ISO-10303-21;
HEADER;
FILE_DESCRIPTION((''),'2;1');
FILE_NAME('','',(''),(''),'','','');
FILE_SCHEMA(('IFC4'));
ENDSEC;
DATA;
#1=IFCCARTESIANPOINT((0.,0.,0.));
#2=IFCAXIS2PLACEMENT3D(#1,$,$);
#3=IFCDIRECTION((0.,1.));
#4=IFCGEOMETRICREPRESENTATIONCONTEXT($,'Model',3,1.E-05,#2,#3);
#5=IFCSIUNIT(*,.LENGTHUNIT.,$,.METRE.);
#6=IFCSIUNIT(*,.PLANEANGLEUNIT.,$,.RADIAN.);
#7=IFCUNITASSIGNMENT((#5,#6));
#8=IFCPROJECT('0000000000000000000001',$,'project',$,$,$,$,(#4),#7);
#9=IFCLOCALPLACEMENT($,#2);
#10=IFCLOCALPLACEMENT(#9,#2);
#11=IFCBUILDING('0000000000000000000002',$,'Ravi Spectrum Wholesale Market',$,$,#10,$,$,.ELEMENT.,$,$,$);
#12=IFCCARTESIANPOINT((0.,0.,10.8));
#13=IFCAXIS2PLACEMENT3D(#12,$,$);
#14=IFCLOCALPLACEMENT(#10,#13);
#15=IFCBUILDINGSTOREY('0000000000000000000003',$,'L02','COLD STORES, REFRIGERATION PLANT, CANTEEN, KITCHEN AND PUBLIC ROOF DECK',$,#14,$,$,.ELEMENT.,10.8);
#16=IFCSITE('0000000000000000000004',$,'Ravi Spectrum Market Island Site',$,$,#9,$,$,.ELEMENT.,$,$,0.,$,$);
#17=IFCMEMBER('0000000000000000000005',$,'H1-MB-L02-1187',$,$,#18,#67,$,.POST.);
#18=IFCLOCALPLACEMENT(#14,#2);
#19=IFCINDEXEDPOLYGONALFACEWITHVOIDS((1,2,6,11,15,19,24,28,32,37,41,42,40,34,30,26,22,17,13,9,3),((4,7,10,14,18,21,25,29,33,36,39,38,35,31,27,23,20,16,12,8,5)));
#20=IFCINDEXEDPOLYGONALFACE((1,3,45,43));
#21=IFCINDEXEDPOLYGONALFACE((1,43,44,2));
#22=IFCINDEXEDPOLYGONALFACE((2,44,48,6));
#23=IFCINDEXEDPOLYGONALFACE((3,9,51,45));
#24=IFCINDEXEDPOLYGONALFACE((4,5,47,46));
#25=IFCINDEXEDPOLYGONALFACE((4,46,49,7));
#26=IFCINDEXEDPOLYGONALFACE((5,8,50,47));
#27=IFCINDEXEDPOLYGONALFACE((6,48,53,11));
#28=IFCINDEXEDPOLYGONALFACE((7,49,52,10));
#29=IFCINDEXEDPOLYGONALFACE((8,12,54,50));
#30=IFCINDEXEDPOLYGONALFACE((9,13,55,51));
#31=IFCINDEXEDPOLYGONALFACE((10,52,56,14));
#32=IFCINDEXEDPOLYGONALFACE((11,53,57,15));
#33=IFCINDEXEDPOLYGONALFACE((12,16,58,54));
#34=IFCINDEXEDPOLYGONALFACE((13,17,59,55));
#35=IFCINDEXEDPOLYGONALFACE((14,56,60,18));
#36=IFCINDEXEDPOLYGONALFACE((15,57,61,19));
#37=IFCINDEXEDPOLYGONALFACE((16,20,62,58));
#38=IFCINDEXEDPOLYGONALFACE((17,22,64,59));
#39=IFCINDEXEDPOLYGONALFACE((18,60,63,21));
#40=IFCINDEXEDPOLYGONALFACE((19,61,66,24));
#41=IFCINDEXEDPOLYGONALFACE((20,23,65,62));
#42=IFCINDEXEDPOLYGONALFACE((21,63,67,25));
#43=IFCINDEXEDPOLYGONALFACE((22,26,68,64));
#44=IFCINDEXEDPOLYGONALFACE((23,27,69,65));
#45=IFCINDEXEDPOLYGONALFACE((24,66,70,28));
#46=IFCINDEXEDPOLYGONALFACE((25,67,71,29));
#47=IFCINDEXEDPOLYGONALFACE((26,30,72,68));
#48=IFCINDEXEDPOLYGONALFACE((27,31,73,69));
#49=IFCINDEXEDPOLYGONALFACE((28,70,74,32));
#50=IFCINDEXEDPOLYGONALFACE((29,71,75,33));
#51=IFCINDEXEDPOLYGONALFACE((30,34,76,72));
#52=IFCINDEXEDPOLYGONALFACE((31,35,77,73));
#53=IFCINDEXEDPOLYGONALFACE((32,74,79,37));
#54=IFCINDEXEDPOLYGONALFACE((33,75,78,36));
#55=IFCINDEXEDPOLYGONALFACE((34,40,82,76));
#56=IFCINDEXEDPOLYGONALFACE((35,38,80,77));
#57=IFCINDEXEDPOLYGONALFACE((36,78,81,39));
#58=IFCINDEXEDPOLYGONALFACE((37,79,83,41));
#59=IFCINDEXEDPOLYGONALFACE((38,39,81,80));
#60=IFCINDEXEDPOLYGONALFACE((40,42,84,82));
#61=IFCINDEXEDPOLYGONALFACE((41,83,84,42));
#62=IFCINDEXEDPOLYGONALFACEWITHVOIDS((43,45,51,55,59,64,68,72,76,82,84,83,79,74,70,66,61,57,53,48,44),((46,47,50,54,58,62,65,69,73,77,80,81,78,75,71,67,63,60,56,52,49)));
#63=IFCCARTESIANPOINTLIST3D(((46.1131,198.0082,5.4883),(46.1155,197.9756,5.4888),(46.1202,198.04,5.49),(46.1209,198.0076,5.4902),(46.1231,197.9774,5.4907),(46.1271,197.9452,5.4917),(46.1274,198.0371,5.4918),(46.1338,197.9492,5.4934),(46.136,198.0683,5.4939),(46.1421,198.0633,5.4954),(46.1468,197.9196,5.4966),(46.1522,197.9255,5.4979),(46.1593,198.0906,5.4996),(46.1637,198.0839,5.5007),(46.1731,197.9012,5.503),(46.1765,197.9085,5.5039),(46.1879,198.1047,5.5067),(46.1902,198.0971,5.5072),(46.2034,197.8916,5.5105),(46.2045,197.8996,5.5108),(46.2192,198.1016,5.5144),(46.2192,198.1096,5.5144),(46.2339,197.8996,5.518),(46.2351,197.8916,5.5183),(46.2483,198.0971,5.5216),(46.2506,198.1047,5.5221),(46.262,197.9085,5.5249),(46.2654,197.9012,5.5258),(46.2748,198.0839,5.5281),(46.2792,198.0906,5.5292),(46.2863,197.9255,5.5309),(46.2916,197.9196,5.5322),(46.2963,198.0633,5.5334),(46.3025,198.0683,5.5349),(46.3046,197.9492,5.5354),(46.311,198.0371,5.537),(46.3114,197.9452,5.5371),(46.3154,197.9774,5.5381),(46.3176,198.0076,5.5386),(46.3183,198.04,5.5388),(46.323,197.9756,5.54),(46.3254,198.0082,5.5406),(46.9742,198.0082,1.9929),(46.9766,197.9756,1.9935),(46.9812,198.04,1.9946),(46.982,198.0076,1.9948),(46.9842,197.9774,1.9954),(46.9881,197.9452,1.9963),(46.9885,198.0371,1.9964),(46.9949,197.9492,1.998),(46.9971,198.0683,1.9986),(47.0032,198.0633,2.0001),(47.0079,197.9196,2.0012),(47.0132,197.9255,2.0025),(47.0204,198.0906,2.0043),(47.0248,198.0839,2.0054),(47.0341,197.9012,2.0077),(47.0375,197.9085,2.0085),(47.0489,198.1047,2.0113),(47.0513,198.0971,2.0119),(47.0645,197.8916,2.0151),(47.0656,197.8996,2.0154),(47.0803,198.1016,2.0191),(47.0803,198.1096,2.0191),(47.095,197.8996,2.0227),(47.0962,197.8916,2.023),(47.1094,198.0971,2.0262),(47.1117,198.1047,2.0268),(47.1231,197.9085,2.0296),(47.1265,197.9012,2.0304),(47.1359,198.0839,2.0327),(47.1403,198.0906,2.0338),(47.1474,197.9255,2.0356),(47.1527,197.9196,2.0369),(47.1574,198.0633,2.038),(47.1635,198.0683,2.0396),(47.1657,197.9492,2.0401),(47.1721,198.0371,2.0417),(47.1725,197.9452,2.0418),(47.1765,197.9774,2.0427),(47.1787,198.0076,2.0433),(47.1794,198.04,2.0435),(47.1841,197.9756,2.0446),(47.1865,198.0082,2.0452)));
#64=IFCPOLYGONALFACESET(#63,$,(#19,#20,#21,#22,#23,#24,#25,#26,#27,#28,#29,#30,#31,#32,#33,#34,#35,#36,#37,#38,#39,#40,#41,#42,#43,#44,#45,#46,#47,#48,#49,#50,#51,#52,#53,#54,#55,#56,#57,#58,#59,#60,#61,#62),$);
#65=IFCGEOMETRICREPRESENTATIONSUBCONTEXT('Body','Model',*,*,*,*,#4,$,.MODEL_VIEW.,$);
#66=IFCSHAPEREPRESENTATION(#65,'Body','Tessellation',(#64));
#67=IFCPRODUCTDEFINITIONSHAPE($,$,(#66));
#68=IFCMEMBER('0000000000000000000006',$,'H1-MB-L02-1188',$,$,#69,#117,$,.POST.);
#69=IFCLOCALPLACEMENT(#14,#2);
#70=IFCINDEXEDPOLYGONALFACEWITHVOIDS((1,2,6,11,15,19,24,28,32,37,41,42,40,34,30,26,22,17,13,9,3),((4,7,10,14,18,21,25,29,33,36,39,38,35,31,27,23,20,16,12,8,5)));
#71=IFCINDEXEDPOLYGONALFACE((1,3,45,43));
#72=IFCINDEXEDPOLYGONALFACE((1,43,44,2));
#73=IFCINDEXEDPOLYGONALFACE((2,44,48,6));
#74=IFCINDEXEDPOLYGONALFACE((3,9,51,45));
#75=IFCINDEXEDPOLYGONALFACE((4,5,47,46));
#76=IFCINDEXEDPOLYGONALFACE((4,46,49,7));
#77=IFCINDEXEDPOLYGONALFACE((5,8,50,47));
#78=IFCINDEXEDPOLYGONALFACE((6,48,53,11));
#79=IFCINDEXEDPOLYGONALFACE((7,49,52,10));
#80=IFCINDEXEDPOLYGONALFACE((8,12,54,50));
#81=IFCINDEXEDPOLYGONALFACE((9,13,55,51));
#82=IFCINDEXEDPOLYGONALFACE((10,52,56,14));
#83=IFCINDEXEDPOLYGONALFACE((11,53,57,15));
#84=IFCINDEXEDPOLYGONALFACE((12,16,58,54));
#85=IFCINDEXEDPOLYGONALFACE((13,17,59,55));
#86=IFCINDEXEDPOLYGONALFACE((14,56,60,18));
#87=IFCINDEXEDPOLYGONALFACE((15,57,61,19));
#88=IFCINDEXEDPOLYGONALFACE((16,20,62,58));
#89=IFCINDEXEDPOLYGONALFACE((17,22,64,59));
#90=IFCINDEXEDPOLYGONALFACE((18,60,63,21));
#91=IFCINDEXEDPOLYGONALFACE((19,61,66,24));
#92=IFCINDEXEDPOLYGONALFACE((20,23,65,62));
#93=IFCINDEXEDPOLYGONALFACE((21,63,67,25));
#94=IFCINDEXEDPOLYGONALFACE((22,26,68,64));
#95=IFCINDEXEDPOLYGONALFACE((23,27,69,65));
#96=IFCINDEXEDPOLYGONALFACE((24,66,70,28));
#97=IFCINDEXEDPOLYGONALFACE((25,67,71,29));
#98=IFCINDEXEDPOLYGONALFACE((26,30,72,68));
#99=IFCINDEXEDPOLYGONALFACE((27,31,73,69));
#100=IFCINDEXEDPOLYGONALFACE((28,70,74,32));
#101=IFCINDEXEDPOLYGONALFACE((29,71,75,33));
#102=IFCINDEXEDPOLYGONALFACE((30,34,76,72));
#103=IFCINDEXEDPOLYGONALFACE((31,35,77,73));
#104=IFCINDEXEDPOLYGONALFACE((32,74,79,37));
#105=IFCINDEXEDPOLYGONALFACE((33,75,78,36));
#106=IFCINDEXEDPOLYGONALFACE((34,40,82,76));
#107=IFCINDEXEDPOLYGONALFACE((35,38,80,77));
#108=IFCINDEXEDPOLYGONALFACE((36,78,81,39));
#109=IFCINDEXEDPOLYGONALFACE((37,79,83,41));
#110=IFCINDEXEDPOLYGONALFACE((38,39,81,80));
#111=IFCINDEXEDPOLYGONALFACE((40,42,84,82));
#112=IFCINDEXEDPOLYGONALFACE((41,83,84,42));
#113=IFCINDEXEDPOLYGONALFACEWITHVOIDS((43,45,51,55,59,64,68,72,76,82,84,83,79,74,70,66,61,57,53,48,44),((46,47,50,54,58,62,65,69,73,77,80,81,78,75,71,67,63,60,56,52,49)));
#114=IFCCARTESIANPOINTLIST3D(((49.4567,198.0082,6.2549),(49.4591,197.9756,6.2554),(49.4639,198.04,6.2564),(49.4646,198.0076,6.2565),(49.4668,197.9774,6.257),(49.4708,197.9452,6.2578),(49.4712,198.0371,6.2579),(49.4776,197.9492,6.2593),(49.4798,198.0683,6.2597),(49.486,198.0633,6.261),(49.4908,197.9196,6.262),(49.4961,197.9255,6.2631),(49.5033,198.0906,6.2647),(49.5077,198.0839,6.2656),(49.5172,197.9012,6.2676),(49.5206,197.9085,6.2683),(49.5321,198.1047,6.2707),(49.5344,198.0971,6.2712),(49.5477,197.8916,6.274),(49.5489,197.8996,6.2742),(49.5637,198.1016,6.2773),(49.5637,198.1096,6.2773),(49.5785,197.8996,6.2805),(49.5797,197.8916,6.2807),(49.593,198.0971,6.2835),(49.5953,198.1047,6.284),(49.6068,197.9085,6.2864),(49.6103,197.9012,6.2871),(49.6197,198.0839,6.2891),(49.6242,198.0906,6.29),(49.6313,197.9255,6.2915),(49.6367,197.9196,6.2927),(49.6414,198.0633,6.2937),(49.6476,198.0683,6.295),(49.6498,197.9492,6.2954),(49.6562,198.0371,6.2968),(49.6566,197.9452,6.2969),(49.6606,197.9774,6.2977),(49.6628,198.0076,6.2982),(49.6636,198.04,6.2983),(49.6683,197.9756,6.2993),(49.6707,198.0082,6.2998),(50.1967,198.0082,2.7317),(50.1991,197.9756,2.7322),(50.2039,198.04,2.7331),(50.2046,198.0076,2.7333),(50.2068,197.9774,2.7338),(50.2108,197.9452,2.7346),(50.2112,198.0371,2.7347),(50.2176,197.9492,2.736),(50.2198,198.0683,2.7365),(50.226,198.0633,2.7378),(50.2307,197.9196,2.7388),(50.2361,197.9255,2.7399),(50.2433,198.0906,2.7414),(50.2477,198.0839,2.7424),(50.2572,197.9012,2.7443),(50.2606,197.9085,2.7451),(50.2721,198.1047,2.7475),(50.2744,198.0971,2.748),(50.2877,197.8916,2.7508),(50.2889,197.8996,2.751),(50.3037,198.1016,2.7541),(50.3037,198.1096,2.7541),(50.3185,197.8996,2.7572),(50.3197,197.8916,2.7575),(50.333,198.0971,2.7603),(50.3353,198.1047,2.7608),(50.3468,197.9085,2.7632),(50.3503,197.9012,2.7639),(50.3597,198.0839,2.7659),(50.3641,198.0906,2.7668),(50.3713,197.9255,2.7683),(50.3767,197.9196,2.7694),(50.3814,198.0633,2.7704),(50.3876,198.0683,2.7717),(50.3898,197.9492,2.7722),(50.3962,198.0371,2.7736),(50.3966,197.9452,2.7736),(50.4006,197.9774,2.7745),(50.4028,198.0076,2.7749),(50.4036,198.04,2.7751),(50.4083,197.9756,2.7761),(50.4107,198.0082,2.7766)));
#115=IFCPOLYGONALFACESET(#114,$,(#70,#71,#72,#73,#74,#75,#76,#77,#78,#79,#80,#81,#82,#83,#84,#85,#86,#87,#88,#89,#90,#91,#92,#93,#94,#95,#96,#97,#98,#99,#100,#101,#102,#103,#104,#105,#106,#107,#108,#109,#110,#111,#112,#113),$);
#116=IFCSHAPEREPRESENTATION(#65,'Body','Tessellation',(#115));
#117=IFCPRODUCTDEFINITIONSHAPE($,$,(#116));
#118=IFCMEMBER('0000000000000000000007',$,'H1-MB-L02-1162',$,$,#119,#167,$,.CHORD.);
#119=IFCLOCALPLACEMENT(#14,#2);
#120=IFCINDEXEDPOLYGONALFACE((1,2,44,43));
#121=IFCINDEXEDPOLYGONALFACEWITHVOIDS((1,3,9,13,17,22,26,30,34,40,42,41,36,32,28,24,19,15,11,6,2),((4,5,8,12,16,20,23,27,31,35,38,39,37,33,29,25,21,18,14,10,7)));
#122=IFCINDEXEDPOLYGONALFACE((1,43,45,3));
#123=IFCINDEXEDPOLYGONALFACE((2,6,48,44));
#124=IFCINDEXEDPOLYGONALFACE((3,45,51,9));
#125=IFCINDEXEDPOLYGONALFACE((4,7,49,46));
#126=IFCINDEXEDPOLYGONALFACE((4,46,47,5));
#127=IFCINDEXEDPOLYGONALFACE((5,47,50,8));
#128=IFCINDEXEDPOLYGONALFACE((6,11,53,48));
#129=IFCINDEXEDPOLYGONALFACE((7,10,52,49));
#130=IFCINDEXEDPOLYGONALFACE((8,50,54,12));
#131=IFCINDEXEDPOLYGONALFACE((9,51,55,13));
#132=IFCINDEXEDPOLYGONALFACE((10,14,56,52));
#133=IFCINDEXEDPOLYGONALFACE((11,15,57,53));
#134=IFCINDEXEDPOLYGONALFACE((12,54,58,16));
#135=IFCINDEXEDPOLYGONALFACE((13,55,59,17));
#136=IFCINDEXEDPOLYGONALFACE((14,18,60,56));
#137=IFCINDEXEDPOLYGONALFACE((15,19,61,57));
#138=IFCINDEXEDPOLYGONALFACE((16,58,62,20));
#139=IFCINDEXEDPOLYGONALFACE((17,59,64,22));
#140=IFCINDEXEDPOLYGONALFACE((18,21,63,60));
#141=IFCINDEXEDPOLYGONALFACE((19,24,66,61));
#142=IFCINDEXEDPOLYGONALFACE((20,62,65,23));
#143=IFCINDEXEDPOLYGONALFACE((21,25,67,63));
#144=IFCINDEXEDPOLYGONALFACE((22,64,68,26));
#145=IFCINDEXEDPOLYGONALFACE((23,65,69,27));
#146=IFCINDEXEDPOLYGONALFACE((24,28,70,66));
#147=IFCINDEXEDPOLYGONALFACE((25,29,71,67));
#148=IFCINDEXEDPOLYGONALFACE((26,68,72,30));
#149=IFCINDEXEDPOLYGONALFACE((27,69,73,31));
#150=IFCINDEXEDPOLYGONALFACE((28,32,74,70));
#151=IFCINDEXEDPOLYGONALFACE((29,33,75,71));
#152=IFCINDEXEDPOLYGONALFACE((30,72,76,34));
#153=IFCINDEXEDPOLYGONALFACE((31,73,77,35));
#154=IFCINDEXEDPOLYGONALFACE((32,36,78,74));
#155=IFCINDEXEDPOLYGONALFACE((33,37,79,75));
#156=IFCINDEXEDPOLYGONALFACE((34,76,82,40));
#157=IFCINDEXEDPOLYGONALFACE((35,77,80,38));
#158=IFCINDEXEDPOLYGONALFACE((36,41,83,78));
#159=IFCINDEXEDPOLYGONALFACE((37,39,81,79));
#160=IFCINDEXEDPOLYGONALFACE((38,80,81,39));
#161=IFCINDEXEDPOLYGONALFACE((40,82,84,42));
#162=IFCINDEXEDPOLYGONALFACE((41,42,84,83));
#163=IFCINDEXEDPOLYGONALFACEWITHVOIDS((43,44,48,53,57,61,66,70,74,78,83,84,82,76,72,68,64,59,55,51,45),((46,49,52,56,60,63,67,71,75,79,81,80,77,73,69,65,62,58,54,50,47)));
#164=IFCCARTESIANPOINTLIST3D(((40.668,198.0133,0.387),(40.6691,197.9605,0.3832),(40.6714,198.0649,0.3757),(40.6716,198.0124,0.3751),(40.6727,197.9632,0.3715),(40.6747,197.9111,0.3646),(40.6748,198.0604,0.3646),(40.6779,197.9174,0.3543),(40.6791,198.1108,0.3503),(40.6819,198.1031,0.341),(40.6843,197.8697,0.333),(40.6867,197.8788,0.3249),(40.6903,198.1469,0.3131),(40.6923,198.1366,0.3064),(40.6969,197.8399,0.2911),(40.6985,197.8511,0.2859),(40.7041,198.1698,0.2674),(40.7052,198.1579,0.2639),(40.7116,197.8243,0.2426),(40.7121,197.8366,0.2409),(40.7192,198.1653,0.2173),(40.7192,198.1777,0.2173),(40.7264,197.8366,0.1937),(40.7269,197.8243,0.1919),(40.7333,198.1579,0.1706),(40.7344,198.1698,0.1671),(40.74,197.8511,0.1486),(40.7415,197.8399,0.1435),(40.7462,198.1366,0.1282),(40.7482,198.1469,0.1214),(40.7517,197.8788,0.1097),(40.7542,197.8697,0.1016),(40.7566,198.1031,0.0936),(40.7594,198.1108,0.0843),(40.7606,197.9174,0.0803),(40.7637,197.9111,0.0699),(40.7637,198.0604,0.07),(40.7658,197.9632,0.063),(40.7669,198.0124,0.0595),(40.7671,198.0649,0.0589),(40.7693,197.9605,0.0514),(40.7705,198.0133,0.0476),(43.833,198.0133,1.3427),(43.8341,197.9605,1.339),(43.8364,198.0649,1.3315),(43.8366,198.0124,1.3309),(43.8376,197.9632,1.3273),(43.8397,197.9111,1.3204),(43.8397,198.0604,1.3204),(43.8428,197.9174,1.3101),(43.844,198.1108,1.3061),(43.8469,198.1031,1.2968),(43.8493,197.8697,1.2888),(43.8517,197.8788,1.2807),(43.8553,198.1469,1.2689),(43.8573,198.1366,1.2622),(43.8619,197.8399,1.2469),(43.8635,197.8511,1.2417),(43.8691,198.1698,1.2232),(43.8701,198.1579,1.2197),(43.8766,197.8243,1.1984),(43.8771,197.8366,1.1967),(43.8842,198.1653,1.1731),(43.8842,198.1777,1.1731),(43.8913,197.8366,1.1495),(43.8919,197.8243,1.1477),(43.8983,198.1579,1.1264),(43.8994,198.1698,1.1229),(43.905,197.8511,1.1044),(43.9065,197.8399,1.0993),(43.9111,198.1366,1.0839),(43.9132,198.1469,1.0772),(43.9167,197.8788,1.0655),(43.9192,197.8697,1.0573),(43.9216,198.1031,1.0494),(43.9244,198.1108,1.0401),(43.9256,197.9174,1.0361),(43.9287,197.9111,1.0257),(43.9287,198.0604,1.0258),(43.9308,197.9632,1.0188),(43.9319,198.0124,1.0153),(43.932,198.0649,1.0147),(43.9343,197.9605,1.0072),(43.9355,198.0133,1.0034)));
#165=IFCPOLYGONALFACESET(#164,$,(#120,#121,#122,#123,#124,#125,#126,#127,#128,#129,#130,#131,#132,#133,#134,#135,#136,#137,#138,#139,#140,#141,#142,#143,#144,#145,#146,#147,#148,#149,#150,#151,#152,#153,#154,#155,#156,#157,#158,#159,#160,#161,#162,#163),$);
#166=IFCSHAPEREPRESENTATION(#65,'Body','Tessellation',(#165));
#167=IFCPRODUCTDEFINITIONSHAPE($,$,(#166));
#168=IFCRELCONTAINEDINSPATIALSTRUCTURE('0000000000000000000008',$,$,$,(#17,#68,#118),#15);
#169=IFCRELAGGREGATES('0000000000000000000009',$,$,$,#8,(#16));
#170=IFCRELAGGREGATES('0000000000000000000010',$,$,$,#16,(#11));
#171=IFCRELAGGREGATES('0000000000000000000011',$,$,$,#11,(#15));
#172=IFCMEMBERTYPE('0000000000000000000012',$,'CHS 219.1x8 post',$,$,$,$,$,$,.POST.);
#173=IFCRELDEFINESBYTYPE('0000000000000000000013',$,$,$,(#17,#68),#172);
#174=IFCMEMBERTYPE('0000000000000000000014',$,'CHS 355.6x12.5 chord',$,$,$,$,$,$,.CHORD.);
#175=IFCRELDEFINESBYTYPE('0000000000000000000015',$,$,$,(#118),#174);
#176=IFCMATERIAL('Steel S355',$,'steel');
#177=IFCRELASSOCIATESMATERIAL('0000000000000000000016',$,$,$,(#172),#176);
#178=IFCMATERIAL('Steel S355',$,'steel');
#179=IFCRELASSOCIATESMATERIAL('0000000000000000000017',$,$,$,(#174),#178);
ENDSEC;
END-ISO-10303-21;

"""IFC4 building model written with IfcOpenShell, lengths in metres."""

from ifc_helpers import new_model, si_unit, direction, frame, origin, origin_2d, place, context, subcontext, project, spatial, hollow_circle, extrude, material, material_profile, profile_set, type_object, element, save


model = new_model("IFC4")

# Units and contexts
model_context = context("Model", 3, precision=1e-05, world=origin(), true_north=direction((0.0, 1.0)))
body_context = subcontext(model_context, "Body", "Model", "MODEL_VIEW")
ifc_project = project(units=[si_unit("LENGTHUNIT", "METRE"), si_unit("PLANEANGLEUNIT", "RADIAN")], contexts=[model_context])

# Site, building, storey
site_placement = place(None, origin())
site = spatial("IfcSite", under=ifc_project, at=site_placement, Name="Ravi Spectrum Market Island Site", CompositionType="ELEMENT", RefElevation=0.0)
building_placement = place(site_placement, origin())
building = spatial("IfcBuilding", under=site, at=building_placement, Name="Ravi Spectrum Wholesale Market", CompositionType="ELEMENT")
storey_placement = place(building_placement, frame((0.0, 0.0, 10.8)))
storey = spatial("IfcBuildingStorey", under=building, at=storey_placement, Name="L02", Description="COLD STORES, REFRIGERATION PLANT, CANTEEN, KITCHEN AND PUBLIC ROOF DECK", CompositionType="ELEMENT", Elevation=10.8)

# Members
ifc_material_1 = material(Name="Steel S355", Category="steel")
ifc_material_profile_1 = material_profile(ifc_material_1, hollow_circle(Radius=0.1096, WallThickness=0.0081, at=origin_2d()))
ifc_profile_set_1 = profile_set([ifc_material_profile_1], Name="Steel S355")
member_type_1 = type_object("IfcMemberType", Name="CHS 219.1x8 post", PredefinedType="POST", material=ifc_profile_set_1)
for number, where, z_axis, x_axis, name in (
    (1, (46.2192, 198.0, 5.5144), (0.239199, 0.0, -0.970971), (0.0, 1.0, 0.0), "H1-MB-L02-1187"),
):
    element("IfcMember", number, at=place(storey_placement, frame(where, z_axis=z_axis, x_axis=x_axis)), inside=storey, type_object=member_type_1, Name=name, PredefinedType="POST", context=body_context, shape_type="SweptSolid", body=[
        extrude(hollow_circle(Radius=0.1096, WallThickness=0.0081, at=origin_2d()), origin(), (0.0, 0.0, 1.0), 3.5999),
    ])
member_1_placement = place(storey_placement, frame((49.5637, 198.0, 6.2773), z_axis=(0.205549, 0.0, -0.978647), x_axis=(0.0, 1.0, 0.0)))
element("IfcMember", 2, at=member_1_placement, inside=storey, type_object=member_type_1, Name="H1-MB-L02-1188", PredefinedType="POST", context=body_context, shape_type="SweptSolid", body=[
    extrude(hollow_circle(Radius=0.1096, WallThickness=0.0081, at=origin_2d()), origin(), (0.0, 0.0, 1.0), 3.6001),
])
ifc_material_2 = material(Name="Steel S355", Category="steel")
ifc_material_profile_2 = material_profile(ifc_material_2, hollow_circle(Radius=0.1777, WallThickness=0.0125, at=origin_2d()))
ifc_profile_set_2 = profile_set([ifc_material_profile_2], Name="Steel S355")
member_type_2 = type_object("IfcMemberType", Name="CHS 355.6x12.5 chord", PredefinedType="CHORD", material=ifc_profile_set_2)
for number, where, z_axis, x_axis, name in (
    (3, (40.7192, 198.0, 0.2173), (0.9573, 0.0, 0.289095), (0.0, 1.0, 0.0), "H1-MB-L02-1162"),
):
    element("IfcMember", number, at=place(storey_placement, frame(where, z_axis=z_axis, x_axis=x_axis)), inside=storey, type_object=member_type_2, Name=name, PredefinedType="CHORD", context=body_context, shape_type="SweptSolid", body=[
        extrude(hollow_circle(Radius=0.1777, WallThickness=0.0125, at=origin_2d()), origin(), (0.0, 0.0, 1.0), 3.3062),
    ])

save(model, "model.ifc")
